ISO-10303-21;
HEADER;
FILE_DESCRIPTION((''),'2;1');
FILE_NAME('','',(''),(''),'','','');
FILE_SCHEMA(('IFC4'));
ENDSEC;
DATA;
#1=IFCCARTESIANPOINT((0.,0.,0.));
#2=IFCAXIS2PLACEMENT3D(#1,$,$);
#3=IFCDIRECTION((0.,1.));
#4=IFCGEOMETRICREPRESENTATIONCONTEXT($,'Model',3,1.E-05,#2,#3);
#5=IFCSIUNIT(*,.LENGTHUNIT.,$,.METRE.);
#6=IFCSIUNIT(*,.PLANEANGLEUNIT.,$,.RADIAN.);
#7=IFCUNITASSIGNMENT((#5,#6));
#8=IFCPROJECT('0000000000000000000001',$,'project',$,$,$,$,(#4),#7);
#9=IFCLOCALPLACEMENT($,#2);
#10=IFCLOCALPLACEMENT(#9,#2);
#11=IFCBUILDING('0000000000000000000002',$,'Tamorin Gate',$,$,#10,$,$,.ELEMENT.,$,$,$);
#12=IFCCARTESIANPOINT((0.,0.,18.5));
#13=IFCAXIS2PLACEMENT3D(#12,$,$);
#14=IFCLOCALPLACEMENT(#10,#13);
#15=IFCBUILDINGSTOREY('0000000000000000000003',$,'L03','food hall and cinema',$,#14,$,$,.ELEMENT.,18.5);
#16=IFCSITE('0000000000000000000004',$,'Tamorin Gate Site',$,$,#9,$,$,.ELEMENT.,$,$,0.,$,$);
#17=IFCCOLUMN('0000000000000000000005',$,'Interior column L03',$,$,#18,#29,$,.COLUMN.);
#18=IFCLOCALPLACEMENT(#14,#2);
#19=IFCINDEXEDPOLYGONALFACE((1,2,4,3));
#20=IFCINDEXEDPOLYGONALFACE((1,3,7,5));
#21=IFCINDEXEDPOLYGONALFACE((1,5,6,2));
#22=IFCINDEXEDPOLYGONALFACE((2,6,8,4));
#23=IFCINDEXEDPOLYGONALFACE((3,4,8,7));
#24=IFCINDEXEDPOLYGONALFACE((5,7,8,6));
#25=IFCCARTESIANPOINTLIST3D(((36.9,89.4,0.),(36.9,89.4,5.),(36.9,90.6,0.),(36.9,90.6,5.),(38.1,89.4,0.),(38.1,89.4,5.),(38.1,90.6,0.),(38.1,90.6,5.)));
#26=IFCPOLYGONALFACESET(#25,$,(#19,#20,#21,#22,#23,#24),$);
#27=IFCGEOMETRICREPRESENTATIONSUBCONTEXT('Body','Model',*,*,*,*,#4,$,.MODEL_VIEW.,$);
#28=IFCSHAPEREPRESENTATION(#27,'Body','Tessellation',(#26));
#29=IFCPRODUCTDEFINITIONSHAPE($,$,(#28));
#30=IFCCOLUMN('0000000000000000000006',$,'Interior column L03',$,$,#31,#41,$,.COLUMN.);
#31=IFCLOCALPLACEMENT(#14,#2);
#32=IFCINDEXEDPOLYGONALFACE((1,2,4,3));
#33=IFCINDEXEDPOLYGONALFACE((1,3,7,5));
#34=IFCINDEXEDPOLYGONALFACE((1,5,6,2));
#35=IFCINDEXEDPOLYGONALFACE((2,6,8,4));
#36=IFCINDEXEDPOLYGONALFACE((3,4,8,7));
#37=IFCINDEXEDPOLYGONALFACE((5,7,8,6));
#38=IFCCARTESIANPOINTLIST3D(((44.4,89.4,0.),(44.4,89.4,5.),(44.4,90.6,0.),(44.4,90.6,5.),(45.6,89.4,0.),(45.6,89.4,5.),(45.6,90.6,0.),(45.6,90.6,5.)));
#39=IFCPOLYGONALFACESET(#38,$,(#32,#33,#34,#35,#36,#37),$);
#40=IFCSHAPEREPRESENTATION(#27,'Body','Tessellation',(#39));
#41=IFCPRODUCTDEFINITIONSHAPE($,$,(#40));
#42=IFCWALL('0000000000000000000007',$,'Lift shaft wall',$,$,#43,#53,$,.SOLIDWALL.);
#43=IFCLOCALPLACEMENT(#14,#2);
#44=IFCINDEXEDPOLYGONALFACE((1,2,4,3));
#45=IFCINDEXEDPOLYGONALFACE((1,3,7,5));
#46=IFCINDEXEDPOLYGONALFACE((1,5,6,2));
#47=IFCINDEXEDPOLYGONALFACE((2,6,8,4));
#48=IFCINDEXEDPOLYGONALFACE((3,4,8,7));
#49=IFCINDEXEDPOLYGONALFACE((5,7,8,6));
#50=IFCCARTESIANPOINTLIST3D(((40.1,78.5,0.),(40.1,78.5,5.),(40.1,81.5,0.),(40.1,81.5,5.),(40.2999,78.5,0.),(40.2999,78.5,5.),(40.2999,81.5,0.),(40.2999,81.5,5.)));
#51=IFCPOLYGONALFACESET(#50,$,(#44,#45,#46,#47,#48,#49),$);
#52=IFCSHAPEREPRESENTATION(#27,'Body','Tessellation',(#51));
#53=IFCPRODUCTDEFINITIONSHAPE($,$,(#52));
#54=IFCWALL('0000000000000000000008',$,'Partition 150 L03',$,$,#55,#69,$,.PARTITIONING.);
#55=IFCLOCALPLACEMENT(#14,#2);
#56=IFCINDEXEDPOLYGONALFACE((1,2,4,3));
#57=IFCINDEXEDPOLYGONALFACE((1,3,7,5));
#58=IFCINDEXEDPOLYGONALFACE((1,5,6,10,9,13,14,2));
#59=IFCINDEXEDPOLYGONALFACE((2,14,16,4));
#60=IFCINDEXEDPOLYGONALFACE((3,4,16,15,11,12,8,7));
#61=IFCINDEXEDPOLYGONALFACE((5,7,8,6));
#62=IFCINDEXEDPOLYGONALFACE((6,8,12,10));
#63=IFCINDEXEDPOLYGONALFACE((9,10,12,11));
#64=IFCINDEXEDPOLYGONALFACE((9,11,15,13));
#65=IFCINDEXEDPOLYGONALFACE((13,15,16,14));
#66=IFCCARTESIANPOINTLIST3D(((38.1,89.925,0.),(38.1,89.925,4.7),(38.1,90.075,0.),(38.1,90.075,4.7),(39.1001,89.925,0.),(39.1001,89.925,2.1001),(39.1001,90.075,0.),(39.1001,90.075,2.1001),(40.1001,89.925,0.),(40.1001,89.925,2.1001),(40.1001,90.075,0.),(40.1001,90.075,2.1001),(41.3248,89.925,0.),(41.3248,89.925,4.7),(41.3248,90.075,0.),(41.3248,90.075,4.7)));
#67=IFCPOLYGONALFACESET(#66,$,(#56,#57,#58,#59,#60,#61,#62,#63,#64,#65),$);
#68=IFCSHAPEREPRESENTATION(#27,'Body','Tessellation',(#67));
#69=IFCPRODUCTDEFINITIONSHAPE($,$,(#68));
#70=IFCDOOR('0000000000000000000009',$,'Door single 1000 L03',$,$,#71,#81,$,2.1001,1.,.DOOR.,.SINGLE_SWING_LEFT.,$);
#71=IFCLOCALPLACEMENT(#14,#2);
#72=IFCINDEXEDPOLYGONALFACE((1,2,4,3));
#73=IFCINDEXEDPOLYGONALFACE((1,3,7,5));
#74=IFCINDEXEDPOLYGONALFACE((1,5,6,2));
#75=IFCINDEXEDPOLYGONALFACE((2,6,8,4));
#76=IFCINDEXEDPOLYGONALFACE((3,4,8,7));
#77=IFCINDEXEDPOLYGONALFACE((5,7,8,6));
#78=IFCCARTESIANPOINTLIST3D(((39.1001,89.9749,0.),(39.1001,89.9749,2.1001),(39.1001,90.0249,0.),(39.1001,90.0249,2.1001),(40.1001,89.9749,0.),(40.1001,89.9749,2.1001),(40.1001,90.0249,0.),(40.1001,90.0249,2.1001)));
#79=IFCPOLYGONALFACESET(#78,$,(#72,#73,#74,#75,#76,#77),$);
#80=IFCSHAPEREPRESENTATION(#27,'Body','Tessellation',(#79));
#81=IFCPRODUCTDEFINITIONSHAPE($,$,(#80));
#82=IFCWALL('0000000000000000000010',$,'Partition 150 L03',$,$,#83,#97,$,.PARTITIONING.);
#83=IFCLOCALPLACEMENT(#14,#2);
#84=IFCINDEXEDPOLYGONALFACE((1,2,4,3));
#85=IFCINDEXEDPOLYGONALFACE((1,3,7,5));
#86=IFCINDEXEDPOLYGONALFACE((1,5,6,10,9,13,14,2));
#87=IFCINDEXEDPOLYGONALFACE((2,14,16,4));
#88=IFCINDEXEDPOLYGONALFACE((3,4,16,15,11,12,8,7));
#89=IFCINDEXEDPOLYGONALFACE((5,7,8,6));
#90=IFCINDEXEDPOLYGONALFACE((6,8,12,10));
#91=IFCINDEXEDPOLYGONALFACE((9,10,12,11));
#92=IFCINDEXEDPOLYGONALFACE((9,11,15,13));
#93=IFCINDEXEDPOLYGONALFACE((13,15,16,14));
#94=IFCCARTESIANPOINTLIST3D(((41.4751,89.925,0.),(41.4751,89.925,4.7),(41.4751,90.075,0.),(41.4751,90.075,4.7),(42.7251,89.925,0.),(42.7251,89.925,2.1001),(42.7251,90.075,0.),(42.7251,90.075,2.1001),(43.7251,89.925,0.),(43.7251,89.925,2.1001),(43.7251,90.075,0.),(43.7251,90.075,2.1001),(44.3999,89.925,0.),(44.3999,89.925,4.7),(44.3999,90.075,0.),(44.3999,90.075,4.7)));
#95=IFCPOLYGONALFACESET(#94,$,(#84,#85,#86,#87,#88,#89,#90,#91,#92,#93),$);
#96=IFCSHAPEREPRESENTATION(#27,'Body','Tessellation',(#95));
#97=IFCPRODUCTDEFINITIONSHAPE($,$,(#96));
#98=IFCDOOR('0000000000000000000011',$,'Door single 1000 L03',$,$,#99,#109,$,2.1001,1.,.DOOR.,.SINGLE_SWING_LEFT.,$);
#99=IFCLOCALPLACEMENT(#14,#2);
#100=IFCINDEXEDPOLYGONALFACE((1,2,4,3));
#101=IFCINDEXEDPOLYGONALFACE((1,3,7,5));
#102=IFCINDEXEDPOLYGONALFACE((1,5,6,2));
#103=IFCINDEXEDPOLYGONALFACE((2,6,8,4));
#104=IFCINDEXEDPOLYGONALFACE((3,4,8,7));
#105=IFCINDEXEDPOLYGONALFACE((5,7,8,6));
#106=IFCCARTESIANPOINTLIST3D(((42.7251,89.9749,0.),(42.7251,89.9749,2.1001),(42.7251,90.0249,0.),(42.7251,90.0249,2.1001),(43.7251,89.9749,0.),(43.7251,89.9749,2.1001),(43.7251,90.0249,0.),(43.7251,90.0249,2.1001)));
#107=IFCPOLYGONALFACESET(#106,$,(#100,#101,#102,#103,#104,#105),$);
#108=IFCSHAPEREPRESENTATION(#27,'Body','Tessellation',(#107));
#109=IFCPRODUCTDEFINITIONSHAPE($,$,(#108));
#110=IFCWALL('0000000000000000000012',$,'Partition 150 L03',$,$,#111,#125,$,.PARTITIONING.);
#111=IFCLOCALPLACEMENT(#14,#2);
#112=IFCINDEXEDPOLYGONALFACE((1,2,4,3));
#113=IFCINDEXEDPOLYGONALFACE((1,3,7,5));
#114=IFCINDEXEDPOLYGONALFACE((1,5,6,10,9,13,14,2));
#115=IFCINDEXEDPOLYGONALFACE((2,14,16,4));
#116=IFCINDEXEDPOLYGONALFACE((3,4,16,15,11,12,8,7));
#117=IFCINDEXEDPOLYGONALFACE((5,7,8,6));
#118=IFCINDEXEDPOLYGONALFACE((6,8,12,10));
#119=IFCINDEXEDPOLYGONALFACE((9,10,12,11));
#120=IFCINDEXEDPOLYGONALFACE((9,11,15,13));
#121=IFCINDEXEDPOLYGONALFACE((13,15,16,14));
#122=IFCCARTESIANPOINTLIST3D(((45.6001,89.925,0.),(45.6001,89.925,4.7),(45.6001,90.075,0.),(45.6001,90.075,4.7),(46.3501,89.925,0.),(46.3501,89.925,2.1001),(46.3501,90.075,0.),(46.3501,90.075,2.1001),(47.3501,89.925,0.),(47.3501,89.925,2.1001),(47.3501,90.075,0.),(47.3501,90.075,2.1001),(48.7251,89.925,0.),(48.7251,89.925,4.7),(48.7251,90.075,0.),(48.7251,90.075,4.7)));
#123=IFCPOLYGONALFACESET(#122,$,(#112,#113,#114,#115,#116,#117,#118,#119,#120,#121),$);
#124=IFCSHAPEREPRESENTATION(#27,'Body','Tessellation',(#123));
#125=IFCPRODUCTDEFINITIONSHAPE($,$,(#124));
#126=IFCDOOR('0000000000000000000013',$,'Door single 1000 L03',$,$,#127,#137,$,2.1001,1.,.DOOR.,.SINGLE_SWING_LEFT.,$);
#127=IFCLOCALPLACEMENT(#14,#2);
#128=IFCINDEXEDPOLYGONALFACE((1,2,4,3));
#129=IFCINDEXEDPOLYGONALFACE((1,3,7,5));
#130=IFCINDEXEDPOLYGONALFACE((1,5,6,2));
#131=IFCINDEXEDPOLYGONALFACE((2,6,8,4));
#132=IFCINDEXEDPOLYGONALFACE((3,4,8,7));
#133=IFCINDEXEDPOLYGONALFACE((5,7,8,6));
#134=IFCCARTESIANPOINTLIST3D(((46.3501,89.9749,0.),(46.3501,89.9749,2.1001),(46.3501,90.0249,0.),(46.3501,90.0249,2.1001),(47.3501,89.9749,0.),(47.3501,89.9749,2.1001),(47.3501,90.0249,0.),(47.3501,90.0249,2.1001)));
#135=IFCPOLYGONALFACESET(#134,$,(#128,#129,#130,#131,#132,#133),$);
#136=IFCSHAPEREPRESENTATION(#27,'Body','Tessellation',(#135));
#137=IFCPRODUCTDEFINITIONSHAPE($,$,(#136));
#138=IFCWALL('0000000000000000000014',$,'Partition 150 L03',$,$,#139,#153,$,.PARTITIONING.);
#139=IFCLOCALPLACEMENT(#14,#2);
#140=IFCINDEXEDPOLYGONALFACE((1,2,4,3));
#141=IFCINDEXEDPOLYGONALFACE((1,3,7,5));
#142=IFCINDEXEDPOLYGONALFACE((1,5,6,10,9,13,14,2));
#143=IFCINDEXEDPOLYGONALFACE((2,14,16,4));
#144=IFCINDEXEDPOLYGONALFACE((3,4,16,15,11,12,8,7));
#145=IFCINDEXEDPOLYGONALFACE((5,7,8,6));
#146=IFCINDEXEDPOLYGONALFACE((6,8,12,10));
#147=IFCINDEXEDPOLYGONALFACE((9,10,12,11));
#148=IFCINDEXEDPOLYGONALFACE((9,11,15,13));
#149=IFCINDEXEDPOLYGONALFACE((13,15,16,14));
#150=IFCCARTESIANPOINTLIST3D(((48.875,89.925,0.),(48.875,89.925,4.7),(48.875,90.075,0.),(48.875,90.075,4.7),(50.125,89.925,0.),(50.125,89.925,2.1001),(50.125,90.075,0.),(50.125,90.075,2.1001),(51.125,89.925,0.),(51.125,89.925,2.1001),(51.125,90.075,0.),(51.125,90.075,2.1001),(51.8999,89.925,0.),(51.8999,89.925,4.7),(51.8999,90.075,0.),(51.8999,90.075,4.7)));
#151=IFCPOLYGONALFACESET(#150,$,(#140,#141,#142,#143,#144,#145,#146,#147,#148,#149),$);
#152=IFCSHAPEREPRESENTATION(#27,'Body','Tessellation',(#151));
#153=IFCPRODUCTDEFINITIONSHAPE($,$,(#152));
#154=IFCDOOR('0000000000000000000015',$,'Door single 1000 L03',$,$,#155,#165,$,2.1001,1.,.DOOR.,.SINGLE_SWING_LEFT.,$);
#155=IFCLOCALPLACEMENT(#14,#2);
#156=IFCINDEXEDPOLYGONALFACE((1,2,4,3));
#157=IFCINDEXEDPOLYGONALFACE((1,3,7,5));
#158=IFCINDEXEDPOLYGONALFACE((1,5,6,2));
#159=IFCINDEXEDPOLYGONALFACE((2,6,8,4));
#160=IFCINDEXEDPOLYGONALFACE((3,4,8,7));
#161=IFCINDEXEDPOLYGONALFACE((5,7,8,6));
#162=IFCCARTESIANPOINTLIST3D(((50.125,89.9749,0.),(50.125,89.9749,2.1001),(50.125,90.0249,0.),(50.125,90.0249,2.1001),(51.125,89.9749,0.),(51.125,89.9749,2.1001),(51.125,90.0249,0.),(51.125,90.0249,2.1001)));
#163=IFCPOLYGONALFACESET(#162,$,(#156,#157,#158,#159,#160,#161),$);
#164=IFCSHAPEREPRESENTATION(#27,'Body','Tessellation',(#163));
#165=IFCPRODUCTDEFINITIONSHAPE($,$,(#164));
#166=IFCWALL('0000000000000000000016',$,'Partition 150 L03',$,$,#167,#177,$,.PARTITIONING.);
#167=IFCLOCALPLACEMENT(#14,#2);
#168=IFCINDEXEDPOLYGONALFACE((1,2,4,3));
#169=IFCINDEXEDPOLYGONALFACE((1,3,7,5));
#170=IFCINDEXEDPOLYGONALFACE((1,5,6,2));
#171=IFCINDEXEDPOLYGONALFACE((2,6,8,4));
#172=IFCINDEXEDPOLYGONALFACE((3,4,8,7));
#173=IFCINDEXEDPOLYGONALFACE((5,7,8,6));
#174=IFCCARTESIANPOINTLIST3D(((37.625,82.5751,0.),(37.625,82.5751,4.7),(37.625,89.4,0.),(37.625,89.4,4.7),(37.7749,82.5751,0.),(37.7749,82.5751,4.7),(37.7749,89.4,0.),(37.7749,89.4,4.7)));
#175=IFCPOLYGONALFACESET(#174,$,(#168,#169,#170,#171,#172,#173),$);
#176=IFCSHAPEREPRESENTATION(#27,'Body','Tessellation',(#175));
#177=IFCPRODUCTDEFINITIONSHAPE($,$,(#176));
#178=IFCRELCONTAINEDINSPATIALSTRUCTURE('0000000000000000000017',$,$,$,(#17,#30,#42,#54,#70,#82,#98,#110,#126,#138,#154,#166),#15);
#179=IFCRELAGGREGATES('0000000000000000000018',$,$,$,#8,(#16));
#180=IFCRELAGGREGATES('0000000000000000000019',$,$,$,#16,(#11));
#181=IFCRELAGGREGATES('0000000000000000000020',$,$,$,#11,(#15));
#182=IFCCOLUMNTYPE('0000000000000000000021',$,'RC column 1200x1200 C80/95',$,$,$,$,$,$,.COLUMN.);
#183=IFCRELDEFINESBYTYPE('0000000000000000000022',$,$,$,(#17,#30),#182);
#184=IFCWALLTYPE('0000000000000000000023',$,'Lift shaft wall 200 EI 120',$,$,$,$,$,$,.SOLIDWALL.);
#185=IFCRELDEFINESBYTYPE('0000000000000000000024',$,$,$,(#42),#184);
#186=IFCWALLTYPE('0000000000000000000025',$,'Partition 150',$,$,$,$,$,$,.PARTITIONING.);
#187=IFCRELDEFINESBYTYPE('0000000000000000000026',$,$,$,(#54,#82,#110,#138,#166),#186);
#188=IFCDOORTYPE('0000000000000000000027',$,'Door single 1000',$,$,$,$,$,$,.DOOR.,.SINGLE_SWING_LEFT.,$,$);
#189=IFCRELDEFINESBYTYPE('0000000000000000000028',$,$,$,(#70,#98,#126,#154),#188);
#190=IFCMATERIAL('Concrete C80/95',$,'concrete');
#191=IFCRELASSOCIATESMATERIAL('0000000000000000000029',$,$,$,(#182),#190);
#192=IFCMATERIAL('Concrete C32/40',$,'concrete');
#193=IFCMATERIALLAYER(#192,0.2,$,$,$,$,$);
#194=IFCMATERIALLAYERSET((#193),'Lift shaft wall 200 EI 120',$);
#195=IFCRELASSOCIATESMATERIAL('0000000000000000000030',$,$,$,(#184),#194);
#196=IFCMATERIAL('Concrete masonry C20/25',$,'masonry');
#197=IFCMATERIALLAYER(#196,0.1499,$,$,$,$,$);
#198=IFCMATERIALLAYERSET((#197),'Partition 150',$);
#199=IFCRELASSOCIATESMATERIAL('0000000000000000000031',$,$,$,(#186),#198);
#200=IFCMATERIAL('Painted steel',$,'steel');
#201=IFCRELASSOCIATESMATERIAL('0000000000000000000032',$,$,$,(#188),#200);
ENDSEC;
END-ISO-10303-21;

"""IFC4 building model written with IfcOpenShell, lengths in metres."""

from ifc_helpers import new_model, si_unit, direction, frame, frame_2d, origin, origin_2d, place, context, subcontext, project, spatial, rectangle, extrude, material, layer, layer_set, material_profile, profile_set, type_object, element, fill, save


model = new_model("IFC4")

# Units and contexts
model_context = context("Model", 3, precision=1e-05, world=origin(), true_north=direction((0.0, 1.0)))
body_context = subcontext(model_context, "Body", "Model", "MODEL_VIEW")
ifc_project = project(units=[si_unit("LENGTHUNIT", "METRE"), si_unit("PLANEANGLEUNIT", "RADIAN")], contexts=[model_context])

# Site, building, storey
site_placement = place(None, origin())
site = spatial("IfcSite", under=ifc_project, at=site_placement, Name="Tamorin Gate Site", CompositionType="ELEMENT", RefElevation=0.0)
building_placement = place(site_placement, origin())
building = spatial("IfcBuilding", under=site, at=building_placement, Name="Tamorin Gate", CompositionType="ELEMENT")
storey_placement = place(building_placement, frame((0.0, 0.0, 18.5)))
storey = spatial("IfcBuildingStorey", under=building, at=storey_placement, Name="L03", Description="food hall and cinema", CompositionType="ELEMENT", Elevation=18.5)

# Columns
ifc_material_1 = material(Name="Concrete C80/95", Category="concrete")
ifc_material_profile = material_profile(ifc_material_1, rectangle(XDim=1.2, YDim=1.2, at=origin_2d()), Name="RC 1200x1200")
ifc_profile_set = profile_set([ifc_material_profile], Name="Concrete C80/95")
column_type = type_object("IfcColumnType", Name="RC column 1200x1200 C80/95", PredefinedType="COLUMN", material=ifc_profile_set)
for number, where, z_axis, x_axis, name in (
    (1, (37.5, 90.0, 0.0), (0.0, 0.0, 1.0), (1.0, 0.0, 0.0), "Interior column L03"),
    (2, (45.0, 90.0, 0.0), (0.0, 0.0, 1.0), (1.0, 0.0, 0.0), "Interior column L03"),
):
    element("IfcColumn", number, at=place(storey_placement, frame(where, z_axis=z_axis, x_axis=x_axis)), inside=storey, type_object=column_type, Name=name, PredefinedType="COLUMN", context=body_context, shape_type="SweptSolid", body=[
        extrude(rectangle(XDim=1.2, YDim=1.2, at=origin_2d()), origin(), (0.0, 0.0, 1.0), 5.0),
    ])

# Wall
ifc_material_2 = material(Name="Concrete C32/40", Category="concrete")
ifc_layer_1 = layer(ifc_material_2, 0.2)
ifc_layer_set_1 = layer_set([ifc_layer_1], Name="Lift shaft wall 200 EI 120")
wall_type_1 = type_object("IfcWallType", Name="Lift shaft wall 200 EI 120", PredefinedType="SOLIDWALL", material=ifc_layer_set_1)
wall_1_placement = place(storey_placement, frame((40.2, 78.5, 0.0), z_axis=(0.0, 0.0, 1.0), x_axis=(0.0, 1.0, 0.0)))
element("IfcWall", 3, at=wall_1_placement, inside=storey, type_object=wall_type_1, Name="Lift shaft wall", PredefinedType="SOLIDWALL", context=body_context, shape_type="SweptSolid", body=[
    extrude(rectangle(XDim=3.0, YDim=0.2, at=frame_2d((1.5, 0.0))), origin(), (0.0, 0.0, 1.0), 5.0),
])

# Walls, openings, doors
ifc_material_3 = material(Name="Concrete masonry C20/25", Category="masonry")
ifc_layer_2 = layer(ifc_material_3, 0.1499)
ifc_layer_set_2 = layer_set([ifc_layer_2], Name="Partition 150")
wall_type_2 = type_object("IfcWallType", Name="Partition 150", PredefinedType="PARTITIONING", material=ifc_layer_set_2)
wall_2_placement = place(storey_placement, frame((38.1001, 90.0, 0.0), z_axis=(0.0, 0.0, 1.0), x_axis=(1.0, 0.0, 0.0)))
wall_2 = element("IfcWall", 4, at=wall_2_placement, inside=storey, type_object=wall_type_2, Name="Partition 150 L03", PredefinedType="PARTITIONING", context=body_context, shape_type="SweptSolid", body=[
    extrude(rectangle(XDim=3.2249, YDim=0.1499, at=frame_2d((1.6123, 0.0))), origin(), (0.0, 0.0, 1.0), 4.7),
])
opening_1_placement = place(wall_2_placement, frame((1.0, 0.0, 0.0)))
opening_1 = element("IfcOpeningElement", 5, at=opening_1_placement, cuts=wall_2, PredefinedType="OPENING", context=body_context, shape_type="SweptSolid", body=[
    extrude(rectangle(XDim=1.0, YDim=2.1001, at=frame_2d((0.5, 1.05))), frame((0.0, 0.085, 0.0), z_axis=(0.0, -1.0, 0.0), x_axis=(1.0, 0.0, 0.0)), (0.0, 0.0, 1.0), 0.1699),
])
ifc_material_4 = material(Name="Painted steel", Category="steel")
door_type = type_object("IfcDoorType", Name="Door single 1000", OperationType="SINGLE_SWING_LEFT", PredefinedType="DOOR", material=ifc_material_4)
door_1_placement = place(opening_1_placement, origin())
door_1 = element("IfcDoor", 6, at=door_1_placement, inside=storey, type_object=door_type, Name="Door single 1000 L03", OperationType="SINGLE_SWING_LEFT", OverallHeight=2.1001, OverallWidth=1.0, PredefinedType="DOOR", context=body_context, shape_type="SweptSolid", body=[
    extrude(rectangle(XDim=1.0, YDim=2.1001, at=frame_2d((0.5, 1.05))), frame((0.0, 0.0249, 0.0), z_axis=(0.0, -1.0, 0.0), x_axis=(1.0, 0.0, 0.0)), (0.0, 0.0, 1.0), 0.05),
])
fill(opening_1, door_1)
wall_3_placement = place(storey_placement, frame((41.4751, 90.0, 0.0), z_axis=(0.0, 0.0, 1.0), x_axis=(1.0, 0.0, 0.0)))
wall_3 = element("IfcWall", 7, at=wall_3_placement, inside=storey, type_object=wall_type_2, Name="Partition 150 L03", PredefinedType="PARTITIONING", context=body_context, shape_type="SweptSolid", body=[
    extrude(rectangle(XDim=2.9248, YDim=0.1499, at=frame_2d((1.4624, 0.0))), origin(), (0.0, 0.0, 1.0), 4.7),
])
opening_2_placement = place(wall_3_placement, frame((1.25, 0.0, 0.0)))
opening_2 = element("IfcOpeningElement", 8, at=opening_2_placement, cuts=wall_3, PredefinedType="OPENING", context=body_context, shape_type="SweptSolid", body=[
    extrude(rectangle(XDim=1.0, YDim=2.1001, at=frame_2d((0.5, 1.05))), frame((0.0, 0.085, 0.0), z_axis=(0.0, -1.0, 0.0), x_axis=(1.0, 0.0, 0.0)), (0.0, 0.0, 1.0), 0.1699),
])
door_2_placement = place(opening_2_placement, origin())
door_2 = element("IfcDoor", 9, at=door_2_placement, inside=storey, type_object=door_type, Name="Door single 1000 L03", OperationType="SINGLE_SWING_LEFT", OverallHeight=2.1001, OverallWidth=1.0, PredefinedType="DOOR", context=body_context, shape_type="SweptSolid", body=[
    extrude(rectangle(XDim=1.0, YDim=2.1001, at=frame_2d((0.5, 1.05))), frame((0.0, 0.0249, 0.0), z_axis=(0.0, -1.0, 0.0), x_axis=(1.0, 0.0, 0.0)), (0.0, 0.0, 1.0), 0.05),
])
fill(opening_2, door_2)
wall_4_placement = place(storey_placement, frame((45.6001, 90.0, 0.0), z_axis=(0.0, 0.0, 1.0), x_axis=(1.0, 0.0, 0.0)))
wall_4 = element("IfcWall", 10, at=wall_4_placement, inside=storey, type_object=wall_type_2, Name="Partition 150 L03", PredefinedType="PARTITIONING", context=body_context, shape_type="SweptSolid", body=[
    extrude(rectangle(XDim=3.125, YDim=0.1499, at=frame_2d((1.5625, 0.0))), origin(), (0.0, 0.0, 1.0), 4.7),
])
opening_3_placement = place(wall_4_placement, frame((0.75, 0.0, 0.0)))
opening_3 = element("IfcOpeningElement", 11, at=opening_3_placement, cuts=wall_4, PredefinedType="OPENING", context=body_context, shape_type="SweptSolid", body=[
    extrude(rectangle(XDim=1.0, YDim=2.1001, at=frame_2d((0.5, 1.05))), frame((0.0, 0.085, 0.0), z_axis=(0.0, -1.0, 0.0), x_axis=(1.0, 0.0, 0.0)), (0.0, 0.0, 1.0), 0.1699),
])
door_3_placement = place(opening_3_placement, origin())
door_3 = element("IfcDoor", 12, at=door_3_placement, inside=storey, type_object=door_type, Name="Door single 1000 L03", OperationType="SINGLE_SWING_LEFT", OverallHeight=2.1001, OverallWidth=1.0, PredefinedType="DOOR", context=body_context, shape_type="SweptSolid", body=[
    extrude(rectangle(XDim=1.0, YDim=2.1001, at=frame_2d((0.5, 1.05))), frame((0.0, 0.0249, 0.0), z_axis=(0.0, -1.0, 0.0), x_axis=(1.0, 0.0, 0.0)), (0.0, 0.0, 1.0), 0.05),
])
fill(opening_3, door_3)
wall_5_placement = place(storey_placement, frame((48.875, 90.0, 0.0), z_axis=(0.0, 0.0, 1.0), x_axis=(1.0, 0.0, 0.0)))
wall_5 = element("IfcWall", 13, at=wall_5_placement, inside=storey, type_object=wall_type_2, Name="Partition 150 L03", PredefinedType="PARTITIONING", context=body_context, shape_type="SweptSolid", body=[
    extrude(rectangle(XDim=3.0249, YDim=0.1499, at=frame_2d((1.5125, 0.0))), origin(), (0.0, 0.0, 1.0), 4.7),
])
opening_4_placement = place(wall_5_placement, frame((1.25, 0.0, 0.0)))
opening_4 = element("IfcOpeningElement", 14, at=opening_4_placement, cuts=wall_5, PredefinedType="OPENING", context=body_context, shape_type="SweptSolid", body=[
    extrude(rectangle(XDim=1.0, YDim=2.1001, at=frame_2d((0.5, 1.05))), frame((0.0, 0.085, 0.0), z_axis=(0.0, -1.0, 0.0), x_axis=(1.0, 0.0, 0.0)), (0.0, 0.0, 1.0), 0.1699),
])
door_4_placement = place(opening_4_placement, origin())
door_4 = element("IfcDoor", 15, at=door_4_placement, inside=storey, type_object=door_type, Name="Door single 1000 L03", OperationType="SINGLE_SWING_LEFT", OverallHeight=2.1001, OverallWidth=1.0, PredefinedType="DOOR", context=body_context, shape_type="SweptSolid", body=[
    extrude(rectangle(XDim=1.0, YDim=2.1001, at=frame_2d((0.5, 1.05))), frame((0.0, 0.0249, 0.0), z_axis=(0.0, -1.0, 0.0), x_axis=(1.0, 0.0, 0.0)), (0.0, 0.0, 1.0), 0.05),
])
fill(opening_4, door_4)

# Wall
wall_6_placement = place(storey_placement, frame((37.7, 82.575, 0.0), z_axis=(0.0, 0.0, 1.0), x_axis=(0.0, 1.0, 0.0)))
element("IfcWall", 16, at=wall_6_placement, inside=storey, type_object=wall_type_2, Name="Partition 150 L03", PredefinedType="PARTITIONING", context=body_context, shape_type="SweptSolid", body=[
    extrude(rectangle(XDim=6.825, YDim=0.1499, at=frame_2d((3.4126, 0.0))), origin(), (0.0, 0.0, 1.0), 4.7),
])

save(model, "model.ifc")
